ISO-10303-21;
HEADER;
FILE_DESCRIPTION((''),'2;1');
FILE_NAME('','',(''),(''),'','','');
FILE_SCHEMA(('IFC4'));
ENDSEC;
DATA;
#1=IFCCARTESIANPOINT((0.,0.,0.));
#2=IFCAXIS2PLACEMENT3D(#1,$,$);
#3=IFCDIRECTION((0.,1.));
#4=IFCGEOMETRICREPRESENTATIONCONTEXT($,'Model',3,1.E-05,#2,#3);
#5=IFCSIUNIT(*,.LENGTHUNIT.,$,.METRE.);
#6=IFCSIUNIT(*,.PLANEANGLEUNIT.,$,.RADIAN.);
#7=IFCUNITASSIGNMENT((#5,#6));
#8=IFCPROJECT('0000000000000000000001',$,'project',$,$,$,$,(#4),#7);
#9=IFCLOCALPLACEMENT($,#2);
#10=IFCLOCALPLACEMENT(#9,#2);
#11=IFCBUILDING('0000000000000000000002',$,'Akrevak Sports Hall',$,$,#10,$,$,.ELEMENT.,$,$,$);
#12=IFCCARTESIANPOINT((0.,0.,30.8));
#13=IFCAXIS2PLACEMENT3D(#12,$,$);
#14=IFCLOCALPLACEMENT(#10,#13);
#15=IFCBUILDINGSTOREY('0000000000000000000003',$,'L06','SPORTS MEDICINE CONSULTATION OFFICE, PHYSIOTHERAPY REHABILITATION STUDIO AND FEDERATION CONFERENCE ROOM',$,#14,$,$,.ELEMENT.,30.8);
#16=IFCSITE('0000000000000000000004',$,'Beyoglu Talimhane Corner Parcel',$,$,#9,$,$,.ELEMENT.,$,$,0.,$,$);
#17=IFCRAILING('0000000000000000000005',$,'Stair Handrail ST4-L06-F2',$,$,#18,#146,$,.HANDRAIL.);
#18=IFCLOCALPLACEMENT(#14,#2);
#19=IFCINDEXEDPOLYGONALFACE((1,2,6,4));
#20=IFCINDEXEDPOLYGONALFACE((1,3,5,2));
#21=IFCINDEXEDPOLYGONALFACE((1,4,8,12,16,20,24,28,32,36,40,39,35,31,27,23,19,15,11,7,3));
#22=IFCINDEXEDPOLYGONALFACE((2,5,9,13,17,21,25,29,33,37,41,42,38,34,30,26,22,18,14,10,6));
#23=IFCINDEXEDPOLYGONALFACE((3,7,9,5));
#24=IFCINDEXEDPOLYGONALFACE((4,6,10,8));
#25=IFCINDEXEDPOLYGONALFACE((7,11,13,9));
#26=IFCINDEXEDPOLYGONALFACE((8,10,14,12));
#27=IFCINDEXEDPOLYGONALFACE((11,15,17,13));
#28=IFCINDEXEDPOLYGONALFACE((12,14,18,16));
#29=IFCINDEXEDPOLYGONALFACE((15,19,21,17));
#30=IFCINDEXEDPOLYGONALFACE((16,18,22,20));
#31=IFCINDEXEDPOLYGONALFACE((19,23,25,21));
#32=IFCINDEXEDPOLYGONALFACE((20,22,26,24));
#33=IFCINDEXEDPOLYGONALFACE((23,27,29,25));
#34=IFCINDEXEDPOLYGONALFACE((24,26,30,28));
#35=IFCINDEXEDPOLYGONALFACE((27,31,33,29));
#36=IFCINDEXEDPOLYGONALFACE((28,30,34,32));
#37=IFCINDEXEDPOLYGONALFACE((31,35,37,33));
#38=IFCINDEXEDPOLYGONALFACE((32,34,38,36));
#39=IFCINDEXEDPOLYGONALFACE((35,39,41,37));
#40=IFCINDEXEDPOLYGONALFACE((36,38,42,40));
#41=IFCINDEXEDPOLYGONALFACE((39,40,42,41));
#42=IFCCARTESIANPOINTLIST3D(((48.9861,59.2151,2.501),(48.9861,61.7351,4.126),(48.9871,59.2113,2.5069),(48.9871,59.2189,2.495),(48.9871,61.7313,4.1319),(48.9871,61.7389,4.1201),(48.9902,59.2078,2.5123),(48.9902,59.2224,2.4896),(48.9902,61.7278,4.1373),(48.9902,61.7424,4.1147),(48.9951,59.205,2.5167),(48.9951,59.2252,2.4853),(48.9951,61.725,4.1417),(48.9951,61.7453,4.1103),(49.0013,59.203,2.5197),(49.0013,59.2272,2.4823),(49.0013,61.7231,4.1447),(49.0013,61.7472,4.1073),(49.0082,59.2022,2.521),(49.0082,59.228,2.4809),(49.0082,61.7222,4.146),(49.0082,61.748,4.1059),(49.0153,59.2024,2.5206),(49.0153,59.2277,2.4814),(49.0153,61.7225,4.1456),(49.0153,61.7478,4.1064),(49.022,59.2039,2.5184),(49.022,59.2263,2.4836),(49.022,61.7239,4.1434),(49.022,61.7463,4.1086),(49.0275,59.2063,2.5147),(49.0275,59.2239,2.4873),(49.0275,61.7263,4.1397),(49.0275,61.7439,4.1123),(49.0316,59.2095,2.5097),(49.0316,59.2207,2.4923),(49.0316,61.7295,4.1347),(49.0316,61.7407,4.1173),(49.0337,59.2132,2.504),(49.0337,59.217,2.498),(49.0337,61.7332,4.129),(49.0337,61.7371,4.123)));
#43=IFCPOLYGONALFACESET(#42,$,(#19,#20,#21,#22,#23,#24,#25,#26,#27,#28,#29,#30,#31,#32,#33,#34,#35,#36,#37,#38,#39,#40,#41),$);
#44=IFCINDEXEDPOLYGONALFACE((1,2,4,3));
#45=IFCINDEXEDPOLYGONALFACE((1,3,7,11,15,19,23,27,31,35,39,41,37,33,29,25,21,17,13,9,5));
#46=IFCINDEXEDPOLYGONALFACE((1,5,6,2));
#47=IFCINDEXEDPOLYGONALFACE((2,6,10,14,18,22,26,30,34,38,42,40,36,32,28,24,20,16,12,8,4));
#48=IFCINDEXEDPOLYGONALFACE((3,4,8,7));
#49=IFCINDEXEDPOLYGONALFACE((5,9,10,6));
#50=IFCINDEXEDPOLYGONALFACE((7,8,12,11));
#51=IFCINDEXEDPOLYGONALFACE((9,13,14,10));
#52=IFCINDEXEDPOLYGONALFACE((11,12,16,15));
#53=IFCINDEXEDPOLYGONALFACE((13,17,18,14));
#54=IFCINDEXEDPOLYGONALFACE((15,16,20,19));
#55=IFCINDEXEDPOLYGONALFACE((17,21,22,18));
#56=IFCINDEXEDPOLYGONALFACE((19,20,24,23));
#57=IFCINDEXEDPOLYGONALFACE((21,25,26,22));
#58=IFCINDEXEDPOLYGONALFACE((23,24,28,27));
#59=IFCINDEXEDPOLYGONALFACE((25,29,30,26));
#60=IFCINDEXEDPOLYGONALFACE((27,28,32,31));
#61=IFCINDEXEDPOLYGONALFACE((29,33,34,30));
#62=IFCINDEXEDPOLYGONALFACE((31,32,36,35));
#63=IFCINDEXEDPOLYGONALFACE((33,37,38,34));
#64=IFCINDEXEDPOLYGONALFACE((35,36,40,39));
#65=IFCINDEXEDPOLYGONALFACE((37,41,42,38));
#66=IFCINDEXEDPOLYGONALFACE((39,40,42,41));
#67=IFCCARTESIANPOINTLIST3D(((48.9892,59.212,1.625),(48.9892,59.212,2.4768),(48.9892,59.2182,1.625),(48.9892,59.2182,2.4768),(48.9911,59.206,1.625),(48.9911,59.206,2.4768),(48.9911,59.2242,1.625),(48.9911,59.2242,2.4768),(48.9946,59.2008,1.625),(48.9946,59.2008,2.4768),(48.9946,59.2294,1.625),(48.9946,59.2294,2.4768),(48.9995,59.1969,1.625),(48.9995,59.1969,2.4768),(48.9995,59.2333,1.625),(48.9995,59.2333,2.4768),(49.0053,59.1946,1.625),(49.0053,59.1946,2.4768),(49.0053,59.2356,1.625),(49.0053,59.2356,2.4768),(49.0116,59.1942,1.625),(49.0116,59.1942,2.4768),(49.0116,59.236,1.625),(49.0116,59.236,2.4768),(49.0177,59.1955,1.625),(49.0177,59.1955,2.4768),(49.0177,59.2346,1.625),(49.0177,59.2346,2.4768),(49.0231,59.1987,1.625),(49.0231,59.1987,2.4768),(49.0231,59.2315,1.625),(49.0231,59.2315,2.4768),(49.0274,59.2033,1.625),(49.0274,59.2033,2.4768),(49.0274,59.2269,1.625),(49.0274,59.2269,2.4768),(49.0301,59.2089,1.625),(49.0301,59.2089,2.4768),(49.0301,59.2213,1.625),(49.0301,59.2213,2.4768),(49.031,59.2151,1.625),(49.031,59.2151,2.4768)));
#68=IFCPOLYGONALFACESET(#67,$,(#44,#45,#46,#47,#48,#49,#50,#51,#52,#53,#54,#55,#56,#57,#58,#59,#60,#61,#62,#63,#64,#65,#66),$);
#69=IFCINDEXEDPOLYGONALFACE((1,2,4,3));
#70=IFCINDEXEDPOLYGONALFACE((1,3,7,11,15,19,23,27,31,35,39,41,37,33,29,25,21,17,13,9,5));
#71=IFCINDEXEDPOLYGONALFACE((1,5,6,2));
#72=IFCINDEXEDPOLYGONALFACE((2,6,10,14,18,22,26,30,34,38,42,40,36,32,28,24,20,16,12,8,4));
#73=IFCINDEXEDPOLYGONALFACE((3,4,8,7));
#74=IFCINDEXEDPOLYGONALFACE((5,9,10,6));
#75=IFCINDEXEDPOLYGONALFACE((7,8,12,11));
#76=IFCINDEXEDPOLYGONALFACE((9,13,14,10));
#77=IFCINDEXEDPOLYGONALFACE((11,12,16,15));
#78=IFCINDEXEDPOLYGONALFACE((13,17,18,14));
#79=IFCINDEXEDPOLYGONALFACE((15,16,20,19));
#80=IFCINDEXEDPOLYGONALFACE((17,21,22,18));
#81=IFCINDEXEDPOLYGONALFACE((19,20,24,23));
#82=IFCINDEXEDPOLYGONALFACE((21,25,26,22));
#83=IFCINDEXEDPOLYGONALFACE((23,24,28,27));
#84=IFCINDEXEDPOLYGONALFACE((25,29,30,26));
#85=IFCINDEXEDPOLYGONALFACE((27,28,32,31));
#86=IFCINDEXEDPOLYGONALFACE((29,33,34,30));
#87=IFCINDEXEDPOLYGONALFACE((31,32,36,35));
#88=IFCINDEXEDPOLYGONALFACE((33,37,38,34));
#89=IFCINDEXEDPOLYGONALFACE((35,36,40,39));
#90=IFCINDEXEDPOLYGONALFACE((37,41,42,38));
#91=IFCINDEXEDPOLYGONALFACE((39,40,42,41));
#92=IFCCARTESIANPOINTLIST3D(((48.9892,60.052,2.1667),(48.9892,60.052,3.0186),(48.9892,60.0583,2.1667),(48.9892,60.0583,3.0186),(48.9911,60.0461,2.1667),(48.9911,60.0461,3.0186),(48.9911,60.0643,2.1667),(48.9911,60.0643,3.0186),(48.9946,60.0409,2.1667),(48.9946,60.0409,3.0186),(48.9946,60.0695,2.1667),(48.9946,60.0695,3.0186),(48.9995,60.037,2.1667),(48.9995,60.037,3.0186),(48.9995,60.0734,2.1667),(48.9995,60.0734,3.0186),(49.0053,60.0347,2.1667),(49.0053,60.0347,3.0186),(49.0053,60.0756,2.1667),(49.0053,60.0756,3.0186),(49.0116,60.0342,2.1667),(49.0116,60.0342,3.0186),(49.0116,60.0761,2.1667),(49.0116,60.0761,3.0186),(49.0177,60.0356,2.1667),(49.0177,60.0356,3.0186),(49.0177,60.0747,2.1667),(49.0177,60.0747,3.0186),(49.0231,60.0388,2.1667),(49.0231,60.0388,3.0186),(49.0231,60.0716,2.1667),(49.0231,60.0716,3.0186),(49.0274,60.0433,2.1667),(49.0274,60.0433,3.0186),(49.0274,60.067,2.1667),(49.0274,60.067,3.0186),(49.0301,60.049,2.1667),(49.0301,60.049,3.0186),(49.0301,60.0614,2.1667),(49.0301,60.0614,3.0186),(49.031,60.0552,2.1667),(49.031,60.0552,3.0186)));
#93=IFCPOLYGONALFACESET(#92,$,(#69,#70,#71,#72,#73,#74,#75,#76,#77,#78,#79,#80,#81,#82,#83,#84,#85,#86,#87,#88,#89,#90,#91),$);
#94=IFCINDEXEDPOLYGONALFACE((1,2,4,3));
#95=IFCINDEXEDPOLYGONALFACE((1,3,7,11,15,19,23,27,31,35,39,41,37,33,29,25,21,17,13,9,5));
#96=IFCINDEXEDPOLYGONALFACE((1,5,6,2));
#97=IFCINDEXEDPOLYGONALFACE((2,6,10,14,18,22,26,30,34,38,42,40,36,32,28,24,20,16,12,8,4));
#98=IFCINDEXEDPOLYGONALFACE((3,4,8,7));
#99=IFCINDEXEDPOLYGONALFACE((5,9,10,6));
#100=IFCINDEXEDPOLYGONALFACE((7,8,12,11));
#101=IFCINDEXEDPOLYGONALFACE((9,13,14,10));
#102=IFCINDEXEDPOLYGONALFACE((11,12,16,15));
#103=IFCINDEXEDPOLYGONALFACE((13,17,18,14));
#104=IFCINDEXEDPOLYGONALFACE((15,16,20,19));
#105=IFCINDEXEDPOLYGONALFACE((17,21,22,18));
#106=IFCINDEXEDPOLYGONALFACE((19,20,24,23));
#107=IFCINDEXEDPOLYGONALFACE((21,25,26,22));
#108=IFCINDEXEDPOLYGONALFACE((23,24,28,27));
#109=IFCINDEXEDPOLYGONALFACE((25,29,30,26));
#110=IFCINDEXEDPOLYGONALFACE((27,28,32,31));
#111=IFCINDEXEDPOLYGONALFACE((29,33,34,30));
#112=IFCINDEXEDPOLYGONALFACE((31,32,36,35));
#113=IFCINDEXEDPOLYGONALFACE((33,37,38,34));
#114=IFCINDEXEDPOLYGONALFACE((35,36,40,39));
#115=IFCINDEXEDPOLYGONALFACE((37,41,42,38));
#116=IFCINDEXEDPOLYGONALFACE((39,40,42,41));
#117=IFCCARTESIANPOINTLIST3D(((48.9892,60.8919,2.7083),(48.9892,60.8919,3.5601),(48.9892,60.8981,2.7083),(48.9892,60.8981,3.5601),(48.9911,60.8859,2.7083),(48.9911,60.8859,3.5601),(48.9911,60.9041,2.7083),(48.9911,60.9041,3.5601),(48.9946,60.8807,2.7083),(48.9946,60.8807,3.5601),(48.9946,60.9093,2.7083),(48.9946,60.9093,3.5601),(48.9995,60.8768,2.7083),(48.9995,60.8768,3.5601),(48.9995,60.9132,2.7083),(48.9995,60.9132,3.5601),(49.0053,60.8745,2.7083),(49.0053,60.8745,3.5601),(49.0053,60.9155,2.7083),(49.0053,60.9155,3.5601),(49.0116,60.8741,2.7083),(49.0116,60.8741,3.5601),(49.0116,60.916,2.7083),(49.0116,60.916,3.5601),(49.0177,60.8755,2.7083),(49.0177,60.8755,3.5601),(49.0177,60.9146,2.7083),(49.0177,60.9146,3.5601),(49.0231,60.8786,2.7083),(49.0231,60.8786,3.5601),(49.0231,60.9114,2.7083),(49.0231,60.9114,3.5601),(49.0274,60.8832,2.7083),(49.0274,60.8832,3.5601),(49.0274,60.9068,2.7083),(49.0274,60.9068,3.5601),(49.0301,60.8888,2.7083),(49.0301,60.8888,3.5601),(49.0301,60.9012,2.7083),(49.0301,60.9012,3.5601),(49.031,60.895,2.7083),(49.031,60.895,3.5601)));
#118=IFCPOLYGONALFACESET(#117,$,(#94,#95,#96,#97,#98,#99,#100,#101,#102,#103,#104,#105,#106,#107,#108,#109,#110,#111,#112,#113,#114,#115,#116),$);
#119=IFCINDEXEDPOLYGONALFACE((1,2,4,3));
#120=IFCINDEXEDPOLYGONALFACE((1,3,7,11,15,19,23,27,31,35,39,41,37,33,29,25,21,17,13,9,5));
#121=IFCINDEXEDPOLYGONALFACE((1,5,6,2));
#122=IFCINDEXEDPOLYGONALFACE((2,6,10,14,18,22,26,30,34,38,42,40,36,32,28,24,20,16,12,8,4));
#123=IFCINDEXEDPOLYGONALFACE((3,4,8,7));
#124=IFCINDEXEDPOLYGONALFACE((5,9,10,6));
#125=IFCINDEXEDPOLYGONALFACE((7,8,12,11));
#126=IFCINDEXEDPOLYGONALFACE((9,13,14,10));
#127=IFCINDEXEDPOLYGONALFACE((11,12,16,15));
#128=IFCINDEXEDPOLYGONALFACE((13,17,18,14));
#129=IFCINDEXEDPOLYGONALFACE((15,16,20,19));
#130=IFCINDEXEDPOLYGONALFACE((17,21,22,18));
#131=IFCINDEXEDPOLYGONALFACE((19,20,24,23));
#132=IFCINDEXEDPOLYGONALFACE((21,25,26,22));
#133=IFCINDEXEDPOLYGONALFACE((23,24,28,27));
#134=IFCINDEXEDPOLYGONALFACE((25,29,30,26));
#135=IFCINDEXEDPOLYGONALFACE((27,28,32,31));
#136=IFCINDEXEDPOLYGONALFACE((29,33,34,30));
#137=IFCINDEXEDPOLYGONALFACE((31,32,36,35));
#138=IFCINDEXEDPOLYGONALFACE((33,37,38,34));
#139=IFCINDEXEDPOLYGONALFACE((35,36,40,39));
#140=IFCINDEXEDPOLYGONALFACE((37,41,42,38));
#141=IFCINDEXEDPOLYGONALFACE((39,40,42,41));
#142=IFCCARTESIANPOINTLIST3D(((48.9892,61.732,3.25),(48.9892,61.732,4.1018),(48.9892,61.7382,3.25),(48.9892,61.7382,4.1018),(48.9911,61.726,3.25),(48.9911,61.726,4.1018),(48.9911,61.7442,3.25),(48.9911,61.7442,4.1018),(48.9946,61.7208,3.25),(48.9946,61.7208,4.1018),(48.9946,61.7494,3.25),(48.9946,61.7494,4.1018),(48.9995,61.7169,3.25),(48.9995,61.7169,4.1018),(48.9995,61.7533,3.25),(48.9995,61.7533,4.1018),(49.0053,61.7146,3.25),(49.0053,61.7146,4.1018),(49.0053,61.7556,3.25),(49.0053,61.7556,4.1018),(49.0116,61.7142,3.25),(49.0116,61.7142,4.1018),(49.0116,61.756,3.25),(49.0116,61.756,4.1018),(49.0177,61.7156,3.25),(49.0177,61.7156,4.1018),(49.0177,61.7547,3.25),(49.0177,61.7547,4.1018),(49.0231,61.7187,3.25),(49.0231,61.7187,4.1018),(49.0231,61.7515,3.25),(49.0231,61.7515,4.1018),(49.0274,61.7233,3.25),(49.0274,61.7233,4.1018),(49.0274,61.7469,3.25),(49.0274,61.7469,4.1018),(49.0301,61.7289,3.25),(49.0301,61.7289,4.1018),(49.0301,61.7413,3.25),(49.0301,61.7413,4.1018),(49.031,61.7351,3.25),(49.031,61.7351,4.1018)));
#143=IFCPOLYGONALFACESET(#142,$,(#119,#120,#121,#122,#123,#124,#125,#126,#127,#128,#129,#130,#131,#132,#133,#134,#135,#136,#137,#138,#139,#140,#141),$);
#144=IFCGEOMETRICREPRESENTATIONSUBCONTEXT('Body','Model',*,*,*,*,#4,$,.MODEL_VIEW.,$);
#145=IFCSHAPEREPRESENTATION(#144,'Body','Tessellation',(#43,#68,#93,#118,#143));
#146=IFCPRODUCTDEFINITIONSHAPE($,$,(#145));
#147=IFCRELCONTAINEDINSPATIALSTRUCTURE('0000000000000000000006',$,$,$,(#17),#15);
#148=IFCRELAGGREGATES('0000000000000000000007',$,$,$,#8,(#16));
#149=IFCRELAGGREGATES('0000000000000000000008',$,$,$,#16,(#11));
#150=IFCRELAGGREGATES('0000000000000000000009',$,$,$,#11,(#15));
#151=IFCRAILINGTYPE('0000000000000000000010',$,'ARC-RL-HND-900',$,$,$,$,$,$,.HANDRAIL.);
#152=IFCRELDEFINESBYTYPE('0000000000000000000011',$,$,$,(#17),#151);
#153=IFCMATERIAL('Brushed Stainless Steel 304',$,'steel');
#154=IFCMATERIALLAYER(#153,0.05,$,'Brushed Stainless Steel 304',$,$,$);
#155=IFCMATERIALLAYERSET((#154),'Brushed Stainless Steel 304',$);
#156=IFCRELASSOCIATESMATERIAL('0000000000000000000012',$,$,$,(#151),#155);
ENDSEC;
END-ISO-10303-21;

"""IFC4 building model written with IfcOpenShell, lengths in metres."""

from ifc_helpers import new_model, si_unit, direction, frame, origin, origin_2d, place, context, subcontext, project, spatial, circle, extrude, material, layer, layer_set, type_object, element, save


model = new_model("IFC4")

# Units and contexts
model_context = context("Model", 3, precision=1e-05, world=origin(), true_north=direction((0.0, 1.0)))
body_context = subcontext(model_context, "Body", "Model", "MODEL_VIEW")
ifc_project = project(units=[si_unit("LENGTHUNIT", "METRE"), si_unit("PLANEANGLEUNIT", "RADIAN")], contexts=[model_context])

# Site, building, storey
site_placement = place(None, origin())
site = spatial("IfcSite", under=ifc_project, at=site_placement, Name="Beyoglu Talimhane Corner Parcel", CompositionType="ELEMENT", RefElevation=0.0)
building_placement = place(site_placement, origin())
building = spatial("IfcBuilding", under=site, at=building_placement, Name="Akrevak Sports Hall", CompositionType="ELEMENT")
storey_placement = place(building_placement, frame((0.0, 0.0, 30.8)))
storey = spatial("IfcBuildingStorey", under=building, at=storey_placement, Name="L06", Description="SPORTS MEDICINE CONSULTATION OFFICE, PHYSIOTHERAPY REHABILITATION STUDIO AND FEDERATION CONFERENCE ROOM", CompositionType="ELEMENT", Elevation=30.8)

# Railing
ifc_material_1 = material(Name="Brushed Stainless Steel 304", Category="steel")
ifc_layer_1 = layer(ifc_material_1, 0.05, Name="Brushed Stainless Steel 304")
ifc_layer_set_1 = layer_set([ifc_layer_1], Name="Brushed Stainless Steel 304")
railing_type = type_object("IfcRailingType", Name="ARC-RL-HND-900", PredefinedType="HANDRAIL", material=ifc_layer_set_1)
railing_placement = place(storey_placement, frame((49.01, 59.2151, 1.625)))
element("IfcRailing", 1, at=railing_placement, inside=storey, type_object=railing_type, Name="Stair Handrail ST4-L06-F2", PredefinedType="HANDRAIL", context=body_context, shape_type="SweptSolid", body=[
    extrude(circle(Radius=0.0239, at=origin_2d()), frame((0.0, 0.0, 0.876), z_axis=(0.0, 0.840421, 0.541934), x_axis=(-1.0, 0.0, 0.0)), (0.0, 0.0, 1.0), 2.9985),
    extrude(circle(Radius=0.021, at=origin_2d()), origin(), (0.0, 0.0, 1.0), 0.8518),
    extrude(circle(Radius=0.021, at=origin_2d()), frame((0.0, 0.8401, 0.5417)), (0.0, 0.0, 1.0), 0.8518),
    extrude(circle(Radius=0.021, at=origin_2d()), frame((0.0, 1.6799, 1.0833)), (0.0, 0.0, 1.0), 0.8518),
    extrude(circle(Radius=0.021, at=origin_2d()), frame((0.0, 2.52, 1.625)), (0.0, 0.0, 1.0), 0.8518),
])

save(model, "model.ifc")
